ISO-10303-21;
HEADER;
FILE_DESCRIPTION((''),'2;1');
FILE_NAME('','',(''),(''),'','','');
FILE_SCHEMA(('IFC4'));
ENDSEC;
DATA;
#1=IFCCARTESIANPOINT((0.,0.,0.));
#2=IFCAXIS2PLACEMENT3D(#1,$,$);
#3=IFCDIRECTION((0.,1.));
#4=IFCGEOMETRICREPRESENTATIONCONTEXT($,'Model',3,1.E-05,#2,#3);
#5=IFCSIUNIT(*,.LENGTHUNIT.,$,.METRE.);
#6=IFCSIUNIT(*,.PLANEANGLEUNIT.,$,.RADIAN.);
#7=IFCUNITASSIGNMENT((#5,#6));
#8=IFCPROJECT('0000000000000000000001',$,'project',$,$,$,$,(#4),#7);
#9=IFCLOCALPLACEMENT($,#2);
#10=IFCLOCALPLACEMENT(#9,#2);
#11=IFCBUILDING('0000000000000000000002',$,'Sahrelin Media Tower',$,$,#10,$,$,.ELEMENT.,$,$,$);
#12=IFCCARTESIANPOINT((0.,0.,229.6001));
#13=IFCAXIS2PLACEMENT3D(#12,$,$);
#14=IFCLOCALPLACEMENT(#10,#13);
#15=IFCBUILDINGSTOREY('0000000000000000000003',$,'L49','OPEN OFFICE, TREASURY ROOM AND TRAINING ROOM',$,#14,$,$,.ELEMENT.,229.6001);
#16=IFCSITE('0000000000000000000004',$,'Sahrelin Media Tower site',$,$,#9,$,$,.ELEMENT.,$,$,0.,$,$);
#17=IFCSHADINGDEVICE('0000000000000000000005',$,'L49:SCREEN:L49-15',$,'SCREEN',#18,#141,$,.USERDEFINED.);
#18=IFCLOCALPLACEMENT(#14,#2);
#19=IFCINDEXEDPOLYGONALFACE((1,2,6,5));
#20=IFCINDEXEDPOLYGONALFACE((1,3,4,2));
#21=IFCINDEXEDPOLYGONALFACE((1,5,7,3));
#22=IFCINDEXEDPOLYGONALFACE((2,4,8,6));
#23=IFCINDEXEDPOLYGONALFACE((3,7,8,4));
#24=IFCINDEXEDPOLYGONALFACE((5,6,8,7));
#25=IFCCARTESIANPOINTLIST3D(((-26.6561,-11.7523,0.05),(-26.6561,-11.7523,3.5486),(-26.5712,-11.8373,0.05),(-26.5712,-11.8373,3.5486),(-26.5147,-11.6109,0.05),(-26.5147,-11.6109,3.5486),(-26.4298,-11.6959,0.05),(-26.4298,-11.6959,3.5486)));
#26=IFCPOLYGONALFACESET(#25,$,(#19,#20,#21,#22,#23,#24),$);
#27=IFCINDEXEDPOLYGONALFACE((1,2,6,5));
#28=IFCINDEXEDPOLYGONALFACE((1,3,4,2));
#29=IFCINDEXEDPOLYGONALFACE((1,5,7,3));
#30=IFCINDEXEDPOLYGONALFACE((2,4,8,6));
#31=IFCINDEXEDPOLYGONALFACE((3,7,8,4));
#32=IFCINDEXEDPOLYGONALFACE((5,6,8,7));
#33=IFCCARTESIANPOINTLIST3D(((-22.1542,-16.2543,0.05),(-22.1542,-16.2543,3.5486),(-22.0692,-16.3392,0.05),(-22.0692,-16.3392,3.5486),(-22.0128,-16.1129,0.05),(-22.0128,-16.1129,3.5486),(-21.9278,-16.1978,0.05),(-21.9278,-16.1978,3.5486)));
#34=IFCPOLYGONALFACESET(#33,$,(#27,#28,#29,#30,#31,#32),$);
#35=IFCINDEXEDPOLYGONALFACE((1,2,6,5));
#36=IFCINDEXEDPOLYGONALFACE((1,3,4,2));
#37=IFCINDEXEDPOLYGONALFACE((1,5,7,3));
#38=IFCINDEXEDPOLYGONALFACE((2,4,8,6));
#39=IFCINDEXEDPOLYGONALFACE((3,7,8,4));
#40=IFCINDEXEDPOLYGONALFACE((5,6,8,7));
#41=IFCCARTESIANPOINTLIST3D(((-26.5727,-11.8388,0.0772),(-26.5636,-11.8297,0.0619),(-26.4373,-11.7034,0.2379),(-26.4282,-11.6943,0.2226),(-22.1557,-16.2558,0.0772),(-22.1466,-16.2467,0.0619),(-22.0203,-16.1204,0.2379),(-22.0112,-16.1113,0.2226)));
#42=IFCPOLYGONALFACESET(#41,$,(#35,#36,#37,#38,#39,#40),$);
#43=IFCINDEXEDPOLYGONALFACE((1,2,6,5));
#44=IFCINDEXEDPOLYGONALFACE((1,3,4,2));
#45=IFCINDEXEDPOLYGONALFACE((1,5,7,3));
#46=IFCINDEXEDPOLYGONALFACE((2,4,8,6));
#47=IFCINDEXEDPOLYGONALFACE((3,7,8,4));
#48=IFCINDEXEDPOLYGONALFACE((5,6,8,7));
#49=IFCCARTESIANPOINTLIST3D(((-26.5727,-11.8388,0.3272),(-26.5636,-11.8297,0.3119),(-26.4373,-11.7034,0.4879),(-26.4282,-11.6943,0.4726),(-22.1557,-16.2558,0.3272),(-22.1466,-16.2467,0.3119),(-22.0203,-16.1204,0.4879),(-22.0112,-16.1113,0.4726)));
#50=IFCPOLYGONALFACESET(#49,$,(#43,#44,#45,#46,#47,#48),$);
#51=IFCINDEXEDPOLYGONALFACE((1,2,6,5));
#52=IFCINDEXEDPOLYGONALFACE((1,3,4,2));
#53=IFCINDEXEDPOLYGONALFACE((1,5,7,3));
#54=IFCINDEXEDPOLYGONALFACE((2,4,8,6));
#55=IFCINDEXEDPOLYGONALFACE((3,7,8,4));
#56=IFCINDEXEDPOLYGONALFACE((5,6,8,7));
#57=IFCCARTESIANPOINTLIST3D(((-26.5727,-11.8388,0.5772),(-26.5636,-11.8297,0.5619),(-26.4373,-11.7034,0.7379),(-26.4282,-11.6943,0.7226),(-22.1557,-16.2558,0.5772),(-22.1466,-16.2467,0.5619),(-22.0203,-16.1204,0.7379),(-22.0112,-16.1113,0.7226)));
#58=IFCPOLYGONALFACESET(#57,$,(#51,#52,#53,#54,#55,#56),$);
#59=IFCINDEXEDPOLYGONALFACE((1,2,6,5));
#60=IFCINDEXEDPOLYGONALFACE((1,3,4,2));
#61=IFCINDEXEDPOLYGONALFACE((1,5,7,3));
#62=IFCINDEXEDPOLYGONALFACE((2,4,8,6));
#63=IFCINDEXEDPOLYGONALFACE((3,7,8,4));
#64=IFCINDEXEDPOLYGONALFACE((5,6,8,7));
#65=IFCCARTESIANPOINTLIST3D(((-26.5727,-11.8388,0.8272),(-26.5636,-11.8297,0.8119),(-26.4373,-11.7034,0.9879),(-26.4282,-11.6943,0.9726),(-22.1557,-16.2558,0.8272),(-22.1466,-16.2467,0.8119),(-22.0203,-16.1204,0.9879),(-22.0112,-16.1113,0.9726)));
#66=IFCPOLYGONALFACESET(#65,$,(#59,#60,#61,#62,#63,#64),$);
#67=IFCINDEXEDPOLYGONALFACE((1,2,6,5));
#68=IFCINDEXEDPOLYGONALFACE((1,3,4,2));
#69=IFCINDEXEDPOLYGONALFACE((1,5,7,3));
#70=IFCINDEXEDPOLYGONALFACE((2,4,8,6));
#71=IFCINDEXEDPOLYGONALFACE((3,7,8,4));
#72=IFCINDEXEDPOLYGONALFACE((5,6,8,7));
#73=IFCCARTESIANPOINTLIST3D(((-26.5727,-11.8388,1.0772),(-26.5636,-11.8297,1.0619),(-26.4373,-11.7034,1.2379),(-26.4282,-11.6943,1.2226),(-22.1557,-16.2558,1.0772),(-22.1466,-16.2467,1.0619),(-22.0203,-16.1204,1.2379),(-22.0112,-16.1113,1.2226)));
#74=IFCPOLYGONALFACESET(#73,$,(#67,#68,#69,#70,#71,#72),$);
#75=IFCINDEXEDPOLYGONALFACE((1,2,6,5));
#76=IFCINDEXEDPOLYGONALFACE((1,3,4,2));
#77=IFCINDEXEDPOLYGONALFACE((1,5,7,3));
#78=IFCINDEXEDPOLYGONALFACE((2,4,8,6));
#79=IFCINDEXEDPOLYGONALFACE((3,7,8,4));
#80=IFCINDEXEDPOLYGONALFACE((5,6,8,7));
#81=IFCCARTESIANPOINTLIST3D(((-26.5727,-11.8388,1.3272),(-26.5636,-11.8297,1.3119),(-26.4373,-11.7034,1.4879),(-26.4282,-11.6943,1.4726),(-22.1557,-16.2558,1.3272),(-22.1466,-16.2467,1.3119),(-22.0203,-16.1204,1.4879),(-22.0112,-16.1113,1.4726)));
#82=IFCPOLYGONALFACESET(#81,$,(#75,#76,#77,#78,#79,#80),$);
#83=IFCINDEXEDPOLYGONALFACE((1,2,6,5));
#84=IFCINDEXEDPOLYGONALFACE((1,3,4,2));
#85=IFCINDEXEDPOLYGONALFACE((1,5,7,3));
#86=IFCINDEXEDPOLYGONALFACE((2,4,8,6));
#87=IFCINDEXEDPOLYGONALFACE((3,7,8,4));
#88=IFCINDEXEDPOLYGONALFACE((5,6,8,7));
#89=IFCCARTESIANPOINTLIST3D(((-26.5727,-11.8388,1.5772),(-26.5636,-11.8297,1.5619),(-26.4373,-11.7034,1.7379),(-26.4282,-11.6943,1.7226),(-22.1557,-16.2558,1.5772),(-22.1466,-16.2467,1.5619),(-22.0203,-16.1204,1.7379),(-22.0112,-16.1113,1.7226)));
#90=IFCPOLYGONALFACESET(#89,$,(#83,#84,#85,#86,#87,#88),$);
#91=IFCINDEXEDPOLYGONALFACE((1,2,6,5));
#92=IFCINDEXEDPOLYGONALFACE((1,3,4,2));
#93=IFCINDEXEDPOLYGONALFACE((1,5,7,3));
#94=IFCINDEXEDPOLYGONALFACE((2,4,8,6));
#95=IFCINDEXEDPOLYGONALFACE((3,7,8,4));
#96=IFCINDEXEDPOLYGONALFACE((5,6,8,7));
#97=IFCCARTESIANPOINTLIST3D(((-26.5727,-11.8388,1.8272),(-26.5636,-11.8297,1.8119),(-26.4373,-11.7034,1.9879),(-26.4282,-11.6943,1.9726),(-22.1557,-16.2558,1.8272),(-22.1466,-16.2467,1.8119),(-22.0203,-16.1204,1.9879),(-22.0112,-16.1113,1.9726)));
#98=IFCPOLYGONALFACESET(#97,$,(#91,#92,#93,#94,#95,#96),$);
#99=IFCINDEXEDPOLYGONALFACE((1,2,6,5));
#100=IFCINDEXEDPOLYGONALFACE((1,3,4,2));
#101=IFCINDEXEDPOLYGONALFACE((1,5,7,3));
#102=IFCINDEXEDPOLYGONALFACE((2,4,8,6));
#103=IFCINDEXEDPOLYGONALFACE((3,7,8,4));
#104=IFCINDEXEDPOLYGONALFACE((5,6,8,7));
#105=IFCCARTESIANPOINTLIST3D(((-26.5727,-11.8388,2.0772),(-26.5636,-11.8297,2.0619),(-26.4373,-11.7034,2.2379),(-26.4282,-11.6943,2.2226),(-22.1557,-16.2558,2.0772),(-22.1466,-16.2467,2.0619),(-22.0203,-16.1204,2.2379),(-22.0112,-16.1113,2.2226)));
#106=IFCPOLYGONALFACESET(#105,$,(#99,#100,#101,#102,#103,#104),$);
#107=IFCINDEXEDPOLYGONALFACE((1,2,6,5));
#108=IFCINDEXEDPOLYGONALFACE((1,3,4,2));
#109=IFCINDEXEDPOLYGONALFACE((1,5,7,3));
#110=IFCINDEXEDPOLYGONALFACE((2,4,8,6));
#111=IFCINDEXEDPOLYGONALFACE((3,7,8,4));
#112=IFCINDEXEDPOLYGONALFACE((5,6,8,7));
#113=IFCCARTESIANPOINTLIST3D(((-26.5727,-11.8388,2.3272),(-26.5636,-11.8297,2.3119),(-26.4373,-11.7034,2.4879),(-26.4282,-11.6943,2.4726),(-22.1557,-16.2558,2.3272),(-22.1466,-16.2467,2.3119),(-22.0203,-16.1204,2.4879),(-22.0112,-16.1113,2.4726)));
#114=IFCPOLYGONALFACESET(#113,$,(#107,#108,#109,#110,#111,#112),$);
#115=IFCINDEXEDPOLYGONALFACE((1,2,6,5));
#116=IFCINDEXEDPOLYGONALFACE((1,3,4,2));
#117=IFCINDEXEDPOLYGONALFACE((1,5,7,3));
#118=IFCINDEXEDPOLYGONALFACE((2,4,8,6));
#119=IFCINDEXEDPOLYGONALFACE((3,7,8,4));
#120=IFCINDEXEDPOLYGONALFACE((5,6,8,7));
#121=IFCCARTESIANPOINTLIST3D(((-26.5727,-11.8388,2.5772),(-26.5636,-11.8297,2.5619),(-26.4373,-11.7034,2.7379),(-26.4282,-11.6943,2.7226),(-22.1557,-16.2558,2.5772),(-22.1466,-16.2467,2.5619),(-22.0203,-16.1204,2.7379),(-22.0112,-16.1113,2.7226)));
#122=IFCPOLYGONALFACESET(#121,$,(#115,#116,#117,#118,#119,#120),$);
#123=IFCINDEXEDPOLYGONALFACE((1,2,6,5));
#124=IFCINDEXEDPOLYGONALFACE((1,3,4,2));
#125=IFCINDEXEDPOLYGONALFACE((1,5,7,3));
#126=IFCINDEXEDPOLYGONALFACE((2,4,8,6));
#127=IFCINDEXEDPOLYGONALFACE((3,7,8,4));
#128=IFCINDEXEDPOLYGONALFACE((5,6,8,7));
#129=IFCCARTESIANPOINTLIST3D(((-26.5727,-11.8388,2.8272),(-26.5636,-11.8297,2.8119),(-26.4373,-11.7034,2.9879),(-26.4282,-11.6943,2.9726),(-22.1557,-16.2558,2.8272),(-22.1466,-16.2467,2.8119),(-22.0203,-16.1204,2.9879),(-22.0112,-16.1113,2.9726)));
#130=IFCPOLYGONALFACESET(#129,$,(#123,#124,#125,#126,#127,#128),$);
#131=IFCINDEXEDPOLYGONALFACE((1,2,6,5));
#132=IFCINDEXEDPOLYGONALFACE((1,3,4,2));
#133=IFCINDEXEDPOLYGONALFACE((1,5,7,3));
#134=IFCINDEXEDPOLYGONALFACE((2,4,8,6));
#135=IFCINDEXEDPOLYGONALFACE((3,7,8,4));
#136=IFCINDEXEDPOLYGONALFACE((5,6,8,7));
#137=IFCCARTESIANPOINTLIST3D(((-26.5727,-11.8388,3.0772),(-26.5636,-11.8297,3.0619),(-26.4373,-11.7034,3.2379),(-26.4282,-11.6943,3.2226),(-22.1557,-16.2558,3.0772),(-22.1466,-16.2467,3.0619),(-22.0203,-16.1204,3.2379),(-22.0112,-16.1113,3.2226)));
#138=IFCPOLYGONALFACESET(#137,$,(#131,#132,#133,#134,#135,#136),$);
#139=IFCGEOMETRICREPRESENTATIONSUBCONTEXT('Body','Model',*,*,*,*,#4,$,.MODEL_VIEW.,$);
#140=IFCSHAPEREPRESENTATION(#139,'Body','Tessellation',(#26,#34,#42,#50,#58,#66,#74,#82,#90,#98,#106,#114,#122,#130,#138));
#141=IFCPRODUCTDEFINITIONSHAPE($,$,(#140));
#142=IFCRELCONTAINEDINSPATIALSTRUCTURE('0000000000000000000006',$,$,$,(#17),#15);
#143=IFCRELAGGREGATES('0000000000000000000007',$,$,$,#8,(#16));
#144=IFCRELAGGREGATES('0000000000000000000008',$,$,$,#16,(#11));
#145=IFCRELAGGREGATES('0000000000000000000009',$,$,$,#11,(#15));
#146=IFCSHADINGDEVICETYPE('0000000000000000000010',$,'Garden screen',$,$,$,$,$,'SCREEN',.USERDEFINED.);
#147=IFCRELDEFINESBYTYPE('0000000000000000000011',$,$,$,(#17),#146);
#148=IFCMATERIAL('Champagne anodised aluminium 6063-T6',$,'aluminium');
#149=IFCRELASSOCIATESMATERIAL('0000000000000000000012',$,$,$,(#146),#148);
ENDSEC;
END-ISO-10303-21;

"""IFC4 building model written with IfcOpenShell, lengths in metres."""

from ifc_helpers import new_model, si_unit, direction, frame, origin, origin_2d, place, context, subcontext, project, spatial, rectangle, extrude, material, type_object, element, save


model = new_model("IFC4")

# Units and contexts
model_context = context("Model", 3, precision=1e-05, world=origin(), true_north=direction((0.0, 1.0)))
body_context = subcontext(model_context, "Body", "Model", "MODEL_VIEW")
ifc_project = project(units=[si_unit("LENGTHUNIT", "METRE"), si_unit("PLANEANGLEUNIT", "RADIAN")], contexts=[model_context])

# Site, building, storey
site_placement = place(None, origin())
site = spatial("IfcSite", under=ifc_project, at=site_placement, Name="Sahrelin Media Tower site", CompositionType="ELEMENT", RefElevation=0.0)
building_placement = place(site_placement, origin())
building = spatial("IfcBuilding", under=site, at=building_placement, Name="Sahrelin Media Tower", CompositionType="ELEMENT")
storey_placement = place(building_placement, frame((0.0, 0.0, 229.6001)))
storey = spatial("IfcBuildingStorey", under=building, at=storey_placement, Name="L49", Description="OPEN OFFICE, TREASURY ROOM AND TRAINING ROOM", CompositionType="ELEMENT", Elevation=229.6001)

# Shared definitions
ifc_material_1 = material(Name="Champagne anodised aluminium 6063-T6", Category="aluminium")

# Shading device
shading_device_type_1 = type_object("IfcShadingDeviceType", Name="Garden screen", ElementType="SCREEN", PredefinedType="USERDEFINED", material=ifc_material_1)
shading_device_1_placement = place(storey_placement, frame((-24.2212, -13.9043, 0.0), z_axis=(0.0, 0.0, 1.0), x_axis=(-0.707107, 0.707107, 0.0)))
element("IfcShadingDevice", 1, at=shading_device_1_placement, inside=storey, type_object=shading_device_type_1, Name="L49:SCREEN:L49-15", ObjectType="SCREEN", PredefinedType="USERDEFINED", context=body_context, shape_type="SweptSolid", body=[
    extrude(rectangle(XDim=0.1201, YDim=0.2, at=origin_2d()), frame((3.1833, 0.1001, 0.05), z_axis=(0.0, 0.0, 1.0), x_axis=(1.0, 0.0, 0.0)), (0.0, 0.0, 1.0), 3.4985),
    extrude(rectangle(XDim=0.1201, YDim=0.2, at=origin_2d()), frame((-3.1833, 0.1001, 0.05), z_axis=(0.0, 0.0, 1.0), x_axis=(1.0, 0.0, 0.0)), (0.0, 0.0, 1.0), 3.4985),
    extrude(rectangle(XDim=0.25, YDim=0.02, at=origin_2d()), frame((3.1233, 0.1001, 0.1499), z_axis=(-1.0, 0.0, 0.0), x_axis=(0.0, -0.766044, 0.642788)), (0.0, 0.0, 1.0), 6.2466),
    extrude(rectangle(XDim=0.25, YDim=0.02, at=origin_2d()), frame((3.1233, 0.1001, 0.3999), z_axis=(-1.0, 0.0, 0.0), x_axis=(0.0, -0.766044, 0.642788)), (0.0, 0.0, 1.0), 6.2466),
    extrude(rectangle(XDim=0.25, YDim=0.02, at=origin_2d()), frame((3.1233, 0.1001, 0.6499), z_axis=(-1.0, 0.0, 0.0), x_axis=(0.0, -0.766044, 0.642788)), (0.0, 0.0, 1.0), 6.2466),
    extrude(rectangle(XDim=0.25, YDim=0.02, at=origin_2d()), frame((3.1233, 0.1001, 0.8999), z_axis=(-1.0, 0.0, 0.0), x_axis=(0.0, -0.766044, 0.642788)), (0.0, 0.0, 1.0), 6.2466),
    extrude(rectangle(XDim=0.25, YDim=0.02, at=origin_2d()), frame((3.1233, 0.1001, 1.1499), z_axis=(-1.0, 0.0, 0.0), x_axis=(0.0, -0.766044, 0.642788)), (0.0, 0.0, 1.0), 6.2466),
    extrude(rectangle(XDim=0.25, YDim=0.02, at=origin_2d()), frame((3.1233, 0.1001, 1.3999), z_axis=(-1.0, 0.0, 0.0), x_axis=(0.0, -0.766044, 0.642788)), (0.0, 0.0, 1.0), 6.2466),
    extrude(rectangle(XDim=0.25, YDim=0.02, at=origin_2d()), frame((3.1233, 0.1001, 1.6499), z_axis=(-1.0, 0.0, 0.0), x_axis=(0.0, -0.766044, 0.642788)), (0.0, 0.0, 1.0), 6.2466),
    extrude(rectangle(XDim=0.25, YDim=0.02, at=origin_2d()), frame((3.1233, 0.1001, 1.8999), z_axis=(-1.0, 0.0, 0.0), x_axis=(0.0, -0.766044, 0.642788)), (0.0, 0.0, 1.0), 6.2466),
    extrude(rectangle(XDim=0.25, YDim=0.02, at=origin_2d()), frame((3.1233, 0.1001, 2.1499), z_axis=(-1.0, 0.0, 0.0), x_axis=(0.0, -0.766044, 0.642788)), (0.0, 0.0, 1.0), 6.2466),
    extrude(rectangle(XDim=0.25, YDim=0.02, at=origin_2d()), frame((3.1233, 0.1001, 2.3999), z_axis=(-1.0, 0.0, 0.0), x_axis=(0.0, -0.766044, 0.642788)), (0.0, 0.0, 1.0), 6.2466),
    extrude(rectangle(XDim=0.25, YDim=0.02, at=origin_2d()), frame((3.1233, 0.1001, 2.6499), z_axis=(-1.0, 0.0, 0.0), x_axis=(0.0, -0.766044, 0.642788)), (0.0, 0.0, 1.0), 6.2466),
    extrude(rectangle(XDim=0.25, YDim=0.02, at=origin_2d()), frame((3.1233, 0.1001, 2.8999), z_axis=(-1.0, 0.0, 0.0), x_axis=(0.0, -0.766044, 0.642788)), (0.0, 0.0, 1.0), 6.2466),
    extrude(rectangle(XDim=0.25, YDim=0.02, at=origin_2d()), frame((3.1233, 0.1001, 3.1499), z_axis=(-1.0, 0.0, 0.0), x_axis=(0.0, -0.766044, 0.642788)), (0.0, 0.0, 1.0), 6.2466),
])

save(model, "model.ifc")
